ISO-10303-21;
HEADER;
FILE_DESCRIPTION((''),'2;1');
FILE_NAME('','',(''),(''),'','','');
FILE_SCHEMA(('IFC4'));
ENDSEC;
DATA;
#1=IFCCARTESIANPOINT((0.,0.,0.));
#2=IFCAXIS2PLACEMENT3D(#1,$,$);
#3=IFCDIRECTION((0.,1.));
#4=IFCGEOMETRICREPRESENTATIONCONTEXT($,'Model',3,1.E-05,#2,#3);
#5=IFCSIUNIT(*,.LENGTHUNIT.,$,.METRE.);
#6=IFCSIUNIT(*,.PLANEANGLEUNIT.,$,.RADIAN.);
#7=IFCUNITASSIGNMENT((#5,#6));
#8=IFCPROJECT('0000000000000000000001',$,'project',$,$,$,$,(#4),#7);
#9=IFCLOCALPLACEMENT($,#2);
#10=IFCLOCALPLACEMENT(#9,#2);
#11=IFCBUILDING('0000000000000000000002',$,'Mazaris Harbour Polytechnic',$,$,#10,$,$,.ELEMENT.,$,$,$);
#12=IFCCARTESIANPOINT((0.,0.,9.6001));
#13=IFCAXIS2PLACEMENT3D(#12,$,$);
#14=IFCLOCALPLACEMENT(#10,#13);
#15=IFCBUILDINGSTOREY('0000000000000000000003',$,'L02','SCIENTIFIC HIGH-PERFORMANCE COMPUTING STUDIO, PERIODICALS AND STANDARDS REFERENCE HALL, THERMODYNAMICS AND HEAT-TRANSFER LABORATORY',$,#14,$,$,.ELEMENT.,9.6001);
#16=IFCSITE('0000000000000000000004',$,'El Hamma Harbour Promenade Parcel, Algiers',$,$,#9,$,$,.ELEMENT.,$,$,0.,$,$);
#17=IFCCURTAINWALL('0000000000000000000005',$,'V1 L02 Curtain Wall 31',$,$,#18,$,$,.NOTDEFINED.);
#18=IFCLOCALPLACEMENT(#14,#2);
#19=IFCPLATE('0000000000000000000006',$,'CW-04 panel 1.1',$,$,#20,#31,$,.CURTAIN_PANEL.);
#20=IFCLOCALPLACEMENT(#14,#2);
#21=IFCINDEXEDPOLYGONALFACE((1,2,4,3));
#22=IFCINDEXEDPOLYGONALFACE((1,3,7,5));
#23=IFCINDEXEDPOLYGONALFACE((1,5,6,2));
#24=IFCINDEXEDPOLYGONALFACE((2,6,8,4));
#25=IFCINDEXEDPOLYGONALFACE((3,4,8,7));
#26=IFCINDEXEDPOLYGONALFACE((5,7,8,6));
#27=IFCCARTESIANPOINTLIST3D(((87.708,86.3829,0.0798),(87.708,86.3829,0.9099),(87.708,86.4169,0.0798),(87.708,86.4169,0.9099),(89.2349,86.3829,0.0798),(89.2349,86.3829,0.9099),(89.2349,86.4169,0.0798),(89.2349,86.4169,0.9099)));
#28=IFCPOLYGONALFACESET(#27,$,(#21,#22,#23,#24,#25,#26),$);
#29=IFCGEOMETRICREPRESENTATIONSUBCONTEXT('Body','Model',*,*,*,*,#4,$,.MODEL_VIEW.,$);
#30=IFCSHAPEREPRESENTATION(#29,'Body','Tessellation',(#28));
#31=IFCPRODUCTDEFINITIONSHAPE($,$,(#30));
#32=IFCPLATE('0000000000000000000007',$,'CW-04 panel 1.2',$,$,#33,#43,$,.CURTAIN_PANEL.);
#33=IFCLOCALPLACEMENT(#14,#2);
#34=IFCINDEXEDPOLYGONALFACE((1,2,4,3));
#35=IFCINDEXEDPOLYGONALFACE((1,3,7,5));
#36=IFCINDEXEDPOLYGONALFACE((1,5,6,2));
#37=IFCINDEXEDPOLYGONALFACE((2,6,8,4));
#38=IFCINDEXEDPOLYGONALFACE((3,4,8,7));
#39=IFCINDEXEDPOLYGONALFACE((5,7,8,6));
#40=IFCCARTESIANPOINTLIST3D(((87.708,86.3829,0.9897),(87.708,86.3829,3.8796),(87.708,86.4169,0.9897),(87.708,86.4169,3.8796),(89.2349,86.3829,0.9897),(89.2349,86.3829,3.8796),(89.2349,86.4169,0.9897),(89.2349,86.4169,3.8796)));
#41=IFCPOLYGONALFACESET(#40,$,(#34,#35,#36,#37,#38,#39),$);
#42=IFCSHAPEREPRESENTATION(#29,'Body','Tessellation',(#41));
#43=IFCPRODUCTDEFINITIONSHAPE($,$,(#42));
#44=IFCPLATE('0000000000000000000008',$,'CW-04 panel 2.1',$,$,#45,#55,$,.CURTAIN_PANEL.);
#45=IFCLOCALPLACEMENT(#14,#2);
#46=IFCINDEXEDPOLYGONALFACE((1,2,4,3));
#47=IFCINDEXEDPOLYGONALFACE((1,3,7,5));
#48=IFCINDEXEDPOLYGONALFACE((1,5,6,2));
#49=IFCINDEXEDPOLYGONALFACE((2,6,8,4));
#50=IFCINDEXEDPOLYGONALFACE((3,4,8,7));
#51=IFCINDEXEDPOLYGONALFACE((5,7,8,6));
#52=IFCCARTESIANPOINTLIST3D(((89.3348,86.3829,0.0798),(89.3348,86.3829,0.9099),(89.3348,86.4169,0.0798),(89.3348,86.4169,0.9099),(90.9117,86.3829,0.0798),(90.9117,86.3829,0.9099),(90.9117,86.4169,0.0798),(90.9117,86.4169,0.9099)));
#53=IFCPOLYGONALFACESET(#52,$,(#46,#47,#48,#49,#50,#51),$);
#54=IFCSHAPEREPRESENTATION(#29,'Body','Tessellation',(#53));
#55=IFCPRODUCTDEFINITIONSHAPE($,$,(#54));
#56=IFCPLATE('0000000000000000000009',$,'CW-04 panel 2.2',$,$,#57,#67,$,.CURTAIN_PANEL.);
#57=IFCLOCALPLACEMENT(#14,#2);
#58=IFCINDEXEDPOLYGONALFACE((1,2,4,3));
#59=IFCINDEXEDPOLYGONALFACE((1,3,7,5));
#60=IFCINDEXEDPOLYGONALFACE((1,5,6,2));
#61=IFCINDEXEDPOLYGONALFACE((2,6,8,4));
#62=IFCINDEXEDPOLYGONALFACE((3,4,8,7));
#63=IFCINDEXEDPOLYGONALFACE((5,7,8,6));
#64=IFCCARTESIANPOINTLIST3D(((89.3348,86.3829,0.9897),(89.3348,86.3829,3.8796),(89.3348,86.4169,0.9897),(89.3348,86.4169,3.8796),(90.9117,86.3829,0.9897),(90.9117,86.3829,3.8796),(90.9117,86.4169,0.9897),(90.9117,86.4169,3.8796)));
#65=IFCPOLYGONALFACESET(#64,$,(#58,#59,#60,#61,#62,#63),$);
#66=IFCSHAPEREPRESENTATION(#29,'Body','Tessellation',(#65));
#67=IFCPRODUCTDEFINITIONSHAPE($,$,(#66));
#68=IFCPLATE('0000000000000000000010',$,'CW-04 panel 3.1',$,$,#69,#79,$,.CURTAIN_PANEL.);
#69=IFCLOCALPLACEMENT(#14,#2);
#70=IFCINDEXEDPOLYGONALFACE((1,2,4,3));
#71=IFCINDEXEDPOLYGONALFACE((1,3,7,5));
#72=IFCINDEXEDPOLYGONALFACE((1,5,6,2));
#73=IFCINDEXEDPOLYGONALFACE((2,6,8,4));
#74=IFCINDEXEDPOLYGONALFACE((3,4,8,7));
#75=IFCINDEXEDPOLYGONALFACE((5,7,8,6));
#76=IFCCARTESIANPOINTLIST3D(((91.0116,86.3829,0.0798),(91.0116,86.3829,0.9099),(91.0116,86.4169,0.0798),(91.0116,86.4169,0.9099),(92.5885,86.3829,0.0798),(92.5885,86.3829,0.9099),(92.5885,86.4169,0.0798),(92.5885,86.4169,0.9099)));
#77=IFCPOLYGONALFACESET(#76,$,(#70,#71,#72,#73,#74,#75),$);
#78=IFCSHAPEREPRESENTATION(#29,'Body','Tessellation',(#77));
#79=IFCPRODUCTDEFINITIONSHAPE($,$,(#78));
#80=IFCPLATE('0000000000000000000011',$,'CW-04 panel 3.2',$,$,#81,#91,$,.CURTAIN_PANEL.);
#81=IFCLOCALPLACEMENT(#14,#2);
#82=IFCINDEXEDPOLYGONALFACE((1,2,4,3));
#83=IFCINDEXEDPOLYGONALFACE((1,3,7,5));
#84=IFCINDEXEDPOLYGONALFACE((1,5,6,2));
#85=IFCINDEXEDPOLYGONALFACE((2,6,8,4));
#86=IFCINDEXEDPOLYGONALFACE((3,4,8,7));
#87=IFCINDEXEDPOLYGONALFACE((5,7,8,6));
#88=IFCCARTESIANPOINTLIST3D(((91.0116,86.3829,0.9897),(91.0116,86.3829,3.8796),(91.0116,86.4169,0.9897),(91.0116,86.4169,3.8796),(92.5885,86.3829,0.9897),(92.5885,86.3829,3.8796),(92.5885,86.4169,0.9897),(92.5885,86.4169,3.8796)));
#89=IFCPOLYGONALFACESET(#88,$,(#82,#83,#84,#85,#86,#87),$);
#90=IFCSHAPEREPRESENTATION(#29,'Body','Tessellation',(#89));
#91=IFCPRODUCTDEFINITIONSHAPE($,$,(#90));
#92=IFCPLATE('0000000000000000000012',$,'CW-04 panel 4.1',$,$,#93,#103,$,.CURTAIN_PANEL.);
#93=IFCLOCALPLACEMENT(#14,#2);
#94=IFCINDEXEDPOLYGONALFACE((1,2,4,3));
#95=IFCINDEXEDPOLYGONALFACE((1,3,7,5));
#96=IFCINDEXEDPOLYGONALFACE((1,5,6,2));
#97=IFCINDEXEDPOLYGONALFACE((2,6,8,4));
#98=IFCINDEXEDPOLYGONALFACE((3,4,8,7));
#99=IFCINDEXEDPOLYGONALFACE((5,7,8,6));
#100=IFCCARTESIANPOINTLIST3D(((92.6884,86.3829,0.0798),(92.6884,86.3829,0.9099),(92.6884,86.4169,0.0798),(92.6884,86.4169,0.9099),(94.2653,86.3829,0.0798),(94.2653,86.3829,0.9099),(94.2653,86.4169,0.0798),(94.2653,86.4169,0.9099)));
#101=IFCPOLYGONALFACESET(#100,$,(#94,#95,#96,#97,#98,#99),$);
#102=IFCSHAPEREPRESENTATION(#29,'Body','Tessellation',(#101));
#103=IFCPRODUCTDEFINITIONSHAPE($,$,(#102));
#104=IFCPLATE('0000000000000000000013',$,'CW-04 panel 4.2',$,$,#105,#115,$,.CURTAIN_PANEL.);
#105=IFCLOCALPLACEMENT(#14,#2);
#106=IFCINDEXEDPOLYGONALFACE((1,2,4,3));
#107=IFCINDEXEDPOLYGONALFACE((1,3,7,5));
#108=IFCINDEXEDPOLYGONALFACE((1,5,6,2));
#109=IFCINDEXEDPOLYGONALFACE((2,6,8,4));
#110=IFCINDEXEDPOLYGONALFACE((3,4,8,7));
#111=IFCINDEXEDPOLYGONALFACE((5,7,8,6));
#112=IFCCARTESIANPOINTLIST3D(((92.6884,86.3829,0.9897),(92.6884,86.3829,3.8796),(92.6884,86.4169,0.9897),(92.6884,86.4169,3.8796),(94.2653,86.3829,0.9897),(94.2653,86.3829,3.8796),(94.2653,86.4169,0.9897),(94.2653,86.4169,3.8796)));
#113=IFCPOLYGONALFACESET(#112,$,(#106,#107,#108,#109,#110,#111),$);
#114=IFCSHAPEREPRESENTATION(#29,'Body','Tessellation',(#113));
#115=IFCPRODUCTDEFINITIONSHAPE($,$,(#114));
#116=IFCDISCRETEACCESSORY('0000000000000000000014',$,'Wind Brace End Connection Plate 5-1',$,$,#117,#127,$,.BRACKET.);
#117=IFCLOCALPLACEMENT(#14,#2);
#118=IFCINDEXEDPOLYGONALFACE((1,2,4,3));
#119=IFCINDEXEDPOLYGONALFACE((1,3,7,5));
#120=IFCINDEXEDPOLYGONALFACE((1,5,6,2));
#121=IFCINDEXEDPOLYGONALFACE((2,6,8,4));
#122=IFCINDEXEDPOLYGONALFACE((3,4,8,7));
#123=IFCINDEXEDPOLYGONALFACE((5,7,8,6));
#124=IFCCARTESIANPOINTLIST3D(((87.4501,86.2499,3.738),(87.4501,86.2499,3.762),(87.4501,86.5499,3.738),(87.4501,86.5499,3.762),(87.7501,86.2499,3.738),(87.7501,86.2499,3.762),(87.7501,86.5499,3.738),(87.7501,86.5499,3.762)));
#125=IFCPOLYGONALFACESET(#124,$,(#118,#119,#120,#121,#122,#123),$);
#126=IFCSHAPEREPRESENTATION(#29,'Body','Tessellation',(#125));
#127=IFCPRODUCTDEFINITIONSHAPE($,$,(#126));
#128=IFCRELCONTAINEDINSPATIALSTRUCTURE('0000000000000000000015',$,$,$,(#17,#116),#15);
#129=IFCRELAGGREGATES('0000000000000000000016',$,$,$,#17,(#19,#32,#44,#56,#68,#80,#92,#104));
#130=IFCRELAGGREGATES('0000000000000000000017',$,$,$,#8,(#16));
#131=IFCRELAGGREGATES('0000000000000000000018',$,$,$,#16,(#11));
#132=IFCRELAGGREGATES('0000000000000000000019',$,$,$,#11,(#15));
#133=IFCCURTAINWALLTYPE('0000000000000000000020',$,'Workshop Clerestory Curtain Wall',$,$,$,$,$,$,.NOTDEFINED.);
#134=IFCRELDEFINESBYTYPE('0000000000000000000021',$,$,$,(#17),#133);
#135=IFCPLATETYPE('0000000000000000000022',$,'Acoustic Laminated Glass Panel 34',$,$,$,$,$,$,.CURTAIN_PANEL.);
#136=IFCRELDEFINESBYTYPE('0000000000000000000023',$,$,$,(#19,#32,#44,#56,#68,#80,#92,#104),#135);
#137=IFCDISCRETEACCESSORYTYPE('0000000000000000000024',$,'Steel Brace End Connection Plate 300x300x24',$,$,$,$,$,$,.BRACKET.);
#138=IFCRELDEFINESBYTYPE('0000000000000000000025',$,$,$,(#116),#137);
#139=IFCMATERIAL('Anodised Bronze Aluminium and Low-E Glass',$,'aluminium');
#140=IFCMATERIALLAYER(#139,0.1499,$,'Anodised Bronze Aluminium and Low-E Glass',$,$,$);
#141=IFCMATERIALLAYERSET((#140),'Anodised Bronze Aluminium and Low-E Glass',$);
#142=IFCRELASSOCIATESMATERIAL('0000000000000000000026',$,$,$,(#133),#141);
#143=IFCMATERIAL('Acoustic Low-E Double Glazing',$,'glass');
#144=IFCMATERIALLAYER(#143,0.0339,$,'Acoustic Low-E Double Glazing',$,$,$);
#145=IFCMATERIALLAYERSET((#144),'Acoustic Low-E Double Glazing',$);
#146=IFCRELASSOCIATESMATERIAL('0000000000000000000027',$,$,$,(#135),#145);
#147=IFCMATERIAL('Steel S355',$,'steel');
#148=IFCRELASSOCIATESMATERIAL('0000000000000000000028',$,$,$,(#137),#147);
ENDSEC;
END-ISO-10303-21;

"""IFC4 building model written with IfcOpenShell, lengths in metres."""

from ifc_helpers import new_model, si_unit, direction, frame, origin, origin_2d, place, context, subcontext, project, spatial, rectangle, extrude, material, layer, layer_set, type_object, element, aggregate, save


model = new_model("IFC4")

# Units and contexts
model_context = context("Model", 3, precision=1e-05, world=origin(), true_north=direction((0.0, 1.0)))
body_context = subcontext(model_context, "Body", "Model", "MODEL_VIEW")
ifc_project = project(units=[si_unit("LENGTHUNIT", "METRE"), si_unit("PLANEANGLEUNIT", "RADIAN")], contexts=[model_context])

# Site, building, storey
site_placement = place(None, origin())
site = spatial("IfcSite", under=ifc_project, at=site_placement, Name="El Hamma Harbour Promenade Parcel, Algiers", CompositionType="ELEMENT", RefElevation=0.0)
building_placement = place(site_placement, origin())
building = spatial("IfcBuilding", under=site, at=building_placement, Name="Mazaris Harbour Polytechnic", CompositionType="ELEMENT")
storey_placement = place(building_placement, frame((0.0, 0.0, 9.6001)))
storey = spatial("IfcBuildingStorey", under=building, at=storey_placement, Name="L02", Description="SCIENTIFIC HIGH-PERFORMANCE COMPUTING STUDIO, PERIODICALS AND STANDARDS REFERENCE HALL, THERMODYNAMICS AND HEAT-TRANSFER LABORATORY", CompositionType="ELEMENT", Elevation=9.6001)

# Curtain wall
ifc_material_1 = material(Name="Anodised Bronze Aluminium and Low-E Glass", Category="aluminium")
ifc_layer_1 = layer(ifc_material_1, 0.1499, Name="Anodised Bronze Aluminium and Low-E Glass")
ifc_layer_set_1 = layer_set([ifc_layer_1], Name="Anodised Bronze Aluminium and Low-E Glass")
curtain_wall_type = type_object("IfcCurtainWallType", Name="Workshop Clerestory Curtain Wall", PredefinedType="NOTDEFINED", material=ifc_layer_set_1)
curtain_wall_placement = place(storey_placement, origin())
curtain_wall = element("IfcCurtainWall", 1, at=curtain_wall_placement, inside=storey, type_object=curtain_wall_type, Name="V1 L02 Curtain Wall 31", PredefinedType="NOTDEFINED")

# Plates
ifc_material_2 = material(Name="Acoustic Low-E Double Glazing", Category="glass")
ifc_layer_2 = layer(ifc_material_2, 0.0339, Name="Acoustic Low-E Double Glazing")
ifc_layer_set_2 = layer_set([ifc_layer_2], Name="Acoustic Low-E Double Glazing")
plate_type = type_object("IfcPlateType", Name="Acoustic Laminated Glass Panel 34", PredefinedType="CURTAIN_PANEL", material=ifc_layer_set_2)
plate_1_placement = place(storey_placement, frame((88.4714, 86.3999, 0.0798), z_axis=(0.0, 0.0, 1.0), x_axis=(1.0, 0.0, 0.0)))
plate_1 = element("IfcPlate", 2, at=plate_1_placement, type_object=plate_type, Name="CW-04 panel 1.1", PredefinedType="CURTAIN_PANEL", context=body_context, shape_type="SweptSolid", body=[
    extrude(rectangle(XDim=1.5269, YDim=0.0339, at=origin_2d()), origin(), (0.0, 0.0, 1.0), 0.8301),
])
plate_2_placement = place(storey_placement, frame((88.4714, 86.3999, 0.9897), z_axis=(0.0, 0.0, 1.0), x_axis=(1.0, 0.0, 0.0)))
plate_2 = element("IfcPlate", 3, at=plate_2_placement, type_object=plate_type, Name="CW-04 panel 1.2", PredefinedType="CURTAIN_PANEL", context=body_context, shape_type="SweptSolid", body=[
    extrude(rectangle(XDim=1.5269, YDim=0.0339, at=origin_2d()), origin(), (0.0, 0.0, 1.0), 2.8899),
])
plate_3_placement = place(storey_placement, frame((90.1233, 86.3999, 0.0798), z_axis=(0.0, 0.0, 1.0), x_axis=(1.0, 0.0, 0.0)))
plate_3 = element("IfcPlate", 4, at=plate_3_placement, type_object=plate_type, Name="CW-04 panel 2.1", PredefinedType="CURTAIN_PANEL", context=body_context, shape_type="SweptSolid", body=[
    extrude(rectangle(XDim=1.5769, YDim=0.0339, at=origin_2d()), origin(), (0.0, 0.0, 1.0), 0.8301),
])
plate_4_placement = place(storey_placement, frame((90.1233, 86.3999, 0.9897), z_axis=(0.0, 0.0, 1.0), x_axis=(1.0, 0.0, 0.0)))
plate_4 = element("IfcPlate", 5, at=plate_4_placement, type_object=plate_type, Name="CW-04 panel 2.2", PredefinedType="CURTAIN_PANEL", context=body_context, shape_type="SweptSolid", body=[
    extrude(rectangle(XDim=1.5769, YDim=0.0339, at=origin_2d()), origin(), (0.0, 0.0, 1.0), 2.8899),
])
plate_5_placement = place(storey_placement, frame((91.8, 86.3999, 0.0798), z_axis=(0.0, 0.0, 1.0), x_axis=(1.0, 0.0, 0.0)))
plate_5 = element("IfcPlate", 6, at=plate_5_placement, type_object=plate_type, Name="CW-04 panel 3.1", PredefinedType="CURTAIN_PANEL", context=body_context, shape_type="SweptSolid", body=[
    extrude(rectangle(XDim=1.5769, YDim=0.0339, at=origin_2d()), origin(), (0.0, 0.0, 1.0), 0.8301),
])
plate_6_placement = place(storey_placement, frame((91.8, 86.3999, 0.9897), z_axis=(0.0, 0.0, 1.0), x_axis=(1.0, 0.0, 0.0)))
plate_6 = element("IfcPlate", 7, at=plate_6_placement, type_object=plate_type, Name="CW-04 panel 3.2", PredefinedType="CURTAIN_PANEL", context=body_context, shape_type="SweptSolid", body=[
    extrude(rectangle(XDim=1.5769, YDim=0.0339, at=origin_2d()), origin(), (0.0, 0.0, 1.0), 2.8899),
])
plate_7_placement = place(storey_placement, frame((93.4768, 86.3999, 0.0798), z_axis=(0.0, 0.0, 1.0), x_axis=(1.0, 0.0, 0.0)))
plate_7 = element("IfcPlate", 8, at=plate_7_placement, type_object=plate_type, Name="CW-04 panel 4.1", PredefinedType="CURTAIN_PANEL", context=body_context, shape_type="SweptSolid", body=[
    extrude(rectangle(XDim=1.5769, YDim=0.0339, at=origin_2d()), origin(), (0.0, 0.0, 1.0), 0.8301),
])
plate_8_placement = place(storey_placement, frame((93.4768, 86.3999, 0.9897), z_axis=(0.0, 0.0, 1.0), x_axis=(1.0, 0.0, 0.0)))
plate_8 = element("IfcPlate", 9, at=plate_8_placement, type_object=plate_type, Name="CW-04 panel 4.2", PredefinedType="CURTAIN_PANEL", context=body_context, shape_type="SweptSolid", body=[
    extrude(rectangle(XDim=1.5769, YDim=0.0339, at=origin_2d()), origin(), (0.0, 0.0, 1.0), 2.8899),
])
aggregate(curtain_wall, [plate_1, plate_2, plate_3, plate_4, plate_5, plate_6, plate_7, plate_8])

# Discrete accessory
ifc_material_3 = material(Name="Steel S355", Category="steel")
discrete_accessory_type = type_object("IfcDiscreteAccessoryType", Name="Steel Brace End Connection Plate 300x300x24", PredefinedType="BRACKET", material=ifc_material_3)
discrete_accessory_placement = place(storey_placement, frame((87.6001, 86.3999, 3.738), z_axis=(0.0, 0.0, 1.0), x_axis=(1.0, 0.0, 0.0)))
element("IfcDiscreteAccessory", 10, at=discrete_accessory_placement, inside=storey, type_object=discrete_accessory_type, Name="Wind Brace End Connection Plate 5-1", PredefinedType="BRACKET", context=body_context, shape_type="SweptSolid", body=[
    extrude(rectangle(XDim=0.3, YDim=0.3, at=origin_2d()), origin(), (0.0, 0.0, 1.0), 0.0239),
])

save(model, "model.ifc")
